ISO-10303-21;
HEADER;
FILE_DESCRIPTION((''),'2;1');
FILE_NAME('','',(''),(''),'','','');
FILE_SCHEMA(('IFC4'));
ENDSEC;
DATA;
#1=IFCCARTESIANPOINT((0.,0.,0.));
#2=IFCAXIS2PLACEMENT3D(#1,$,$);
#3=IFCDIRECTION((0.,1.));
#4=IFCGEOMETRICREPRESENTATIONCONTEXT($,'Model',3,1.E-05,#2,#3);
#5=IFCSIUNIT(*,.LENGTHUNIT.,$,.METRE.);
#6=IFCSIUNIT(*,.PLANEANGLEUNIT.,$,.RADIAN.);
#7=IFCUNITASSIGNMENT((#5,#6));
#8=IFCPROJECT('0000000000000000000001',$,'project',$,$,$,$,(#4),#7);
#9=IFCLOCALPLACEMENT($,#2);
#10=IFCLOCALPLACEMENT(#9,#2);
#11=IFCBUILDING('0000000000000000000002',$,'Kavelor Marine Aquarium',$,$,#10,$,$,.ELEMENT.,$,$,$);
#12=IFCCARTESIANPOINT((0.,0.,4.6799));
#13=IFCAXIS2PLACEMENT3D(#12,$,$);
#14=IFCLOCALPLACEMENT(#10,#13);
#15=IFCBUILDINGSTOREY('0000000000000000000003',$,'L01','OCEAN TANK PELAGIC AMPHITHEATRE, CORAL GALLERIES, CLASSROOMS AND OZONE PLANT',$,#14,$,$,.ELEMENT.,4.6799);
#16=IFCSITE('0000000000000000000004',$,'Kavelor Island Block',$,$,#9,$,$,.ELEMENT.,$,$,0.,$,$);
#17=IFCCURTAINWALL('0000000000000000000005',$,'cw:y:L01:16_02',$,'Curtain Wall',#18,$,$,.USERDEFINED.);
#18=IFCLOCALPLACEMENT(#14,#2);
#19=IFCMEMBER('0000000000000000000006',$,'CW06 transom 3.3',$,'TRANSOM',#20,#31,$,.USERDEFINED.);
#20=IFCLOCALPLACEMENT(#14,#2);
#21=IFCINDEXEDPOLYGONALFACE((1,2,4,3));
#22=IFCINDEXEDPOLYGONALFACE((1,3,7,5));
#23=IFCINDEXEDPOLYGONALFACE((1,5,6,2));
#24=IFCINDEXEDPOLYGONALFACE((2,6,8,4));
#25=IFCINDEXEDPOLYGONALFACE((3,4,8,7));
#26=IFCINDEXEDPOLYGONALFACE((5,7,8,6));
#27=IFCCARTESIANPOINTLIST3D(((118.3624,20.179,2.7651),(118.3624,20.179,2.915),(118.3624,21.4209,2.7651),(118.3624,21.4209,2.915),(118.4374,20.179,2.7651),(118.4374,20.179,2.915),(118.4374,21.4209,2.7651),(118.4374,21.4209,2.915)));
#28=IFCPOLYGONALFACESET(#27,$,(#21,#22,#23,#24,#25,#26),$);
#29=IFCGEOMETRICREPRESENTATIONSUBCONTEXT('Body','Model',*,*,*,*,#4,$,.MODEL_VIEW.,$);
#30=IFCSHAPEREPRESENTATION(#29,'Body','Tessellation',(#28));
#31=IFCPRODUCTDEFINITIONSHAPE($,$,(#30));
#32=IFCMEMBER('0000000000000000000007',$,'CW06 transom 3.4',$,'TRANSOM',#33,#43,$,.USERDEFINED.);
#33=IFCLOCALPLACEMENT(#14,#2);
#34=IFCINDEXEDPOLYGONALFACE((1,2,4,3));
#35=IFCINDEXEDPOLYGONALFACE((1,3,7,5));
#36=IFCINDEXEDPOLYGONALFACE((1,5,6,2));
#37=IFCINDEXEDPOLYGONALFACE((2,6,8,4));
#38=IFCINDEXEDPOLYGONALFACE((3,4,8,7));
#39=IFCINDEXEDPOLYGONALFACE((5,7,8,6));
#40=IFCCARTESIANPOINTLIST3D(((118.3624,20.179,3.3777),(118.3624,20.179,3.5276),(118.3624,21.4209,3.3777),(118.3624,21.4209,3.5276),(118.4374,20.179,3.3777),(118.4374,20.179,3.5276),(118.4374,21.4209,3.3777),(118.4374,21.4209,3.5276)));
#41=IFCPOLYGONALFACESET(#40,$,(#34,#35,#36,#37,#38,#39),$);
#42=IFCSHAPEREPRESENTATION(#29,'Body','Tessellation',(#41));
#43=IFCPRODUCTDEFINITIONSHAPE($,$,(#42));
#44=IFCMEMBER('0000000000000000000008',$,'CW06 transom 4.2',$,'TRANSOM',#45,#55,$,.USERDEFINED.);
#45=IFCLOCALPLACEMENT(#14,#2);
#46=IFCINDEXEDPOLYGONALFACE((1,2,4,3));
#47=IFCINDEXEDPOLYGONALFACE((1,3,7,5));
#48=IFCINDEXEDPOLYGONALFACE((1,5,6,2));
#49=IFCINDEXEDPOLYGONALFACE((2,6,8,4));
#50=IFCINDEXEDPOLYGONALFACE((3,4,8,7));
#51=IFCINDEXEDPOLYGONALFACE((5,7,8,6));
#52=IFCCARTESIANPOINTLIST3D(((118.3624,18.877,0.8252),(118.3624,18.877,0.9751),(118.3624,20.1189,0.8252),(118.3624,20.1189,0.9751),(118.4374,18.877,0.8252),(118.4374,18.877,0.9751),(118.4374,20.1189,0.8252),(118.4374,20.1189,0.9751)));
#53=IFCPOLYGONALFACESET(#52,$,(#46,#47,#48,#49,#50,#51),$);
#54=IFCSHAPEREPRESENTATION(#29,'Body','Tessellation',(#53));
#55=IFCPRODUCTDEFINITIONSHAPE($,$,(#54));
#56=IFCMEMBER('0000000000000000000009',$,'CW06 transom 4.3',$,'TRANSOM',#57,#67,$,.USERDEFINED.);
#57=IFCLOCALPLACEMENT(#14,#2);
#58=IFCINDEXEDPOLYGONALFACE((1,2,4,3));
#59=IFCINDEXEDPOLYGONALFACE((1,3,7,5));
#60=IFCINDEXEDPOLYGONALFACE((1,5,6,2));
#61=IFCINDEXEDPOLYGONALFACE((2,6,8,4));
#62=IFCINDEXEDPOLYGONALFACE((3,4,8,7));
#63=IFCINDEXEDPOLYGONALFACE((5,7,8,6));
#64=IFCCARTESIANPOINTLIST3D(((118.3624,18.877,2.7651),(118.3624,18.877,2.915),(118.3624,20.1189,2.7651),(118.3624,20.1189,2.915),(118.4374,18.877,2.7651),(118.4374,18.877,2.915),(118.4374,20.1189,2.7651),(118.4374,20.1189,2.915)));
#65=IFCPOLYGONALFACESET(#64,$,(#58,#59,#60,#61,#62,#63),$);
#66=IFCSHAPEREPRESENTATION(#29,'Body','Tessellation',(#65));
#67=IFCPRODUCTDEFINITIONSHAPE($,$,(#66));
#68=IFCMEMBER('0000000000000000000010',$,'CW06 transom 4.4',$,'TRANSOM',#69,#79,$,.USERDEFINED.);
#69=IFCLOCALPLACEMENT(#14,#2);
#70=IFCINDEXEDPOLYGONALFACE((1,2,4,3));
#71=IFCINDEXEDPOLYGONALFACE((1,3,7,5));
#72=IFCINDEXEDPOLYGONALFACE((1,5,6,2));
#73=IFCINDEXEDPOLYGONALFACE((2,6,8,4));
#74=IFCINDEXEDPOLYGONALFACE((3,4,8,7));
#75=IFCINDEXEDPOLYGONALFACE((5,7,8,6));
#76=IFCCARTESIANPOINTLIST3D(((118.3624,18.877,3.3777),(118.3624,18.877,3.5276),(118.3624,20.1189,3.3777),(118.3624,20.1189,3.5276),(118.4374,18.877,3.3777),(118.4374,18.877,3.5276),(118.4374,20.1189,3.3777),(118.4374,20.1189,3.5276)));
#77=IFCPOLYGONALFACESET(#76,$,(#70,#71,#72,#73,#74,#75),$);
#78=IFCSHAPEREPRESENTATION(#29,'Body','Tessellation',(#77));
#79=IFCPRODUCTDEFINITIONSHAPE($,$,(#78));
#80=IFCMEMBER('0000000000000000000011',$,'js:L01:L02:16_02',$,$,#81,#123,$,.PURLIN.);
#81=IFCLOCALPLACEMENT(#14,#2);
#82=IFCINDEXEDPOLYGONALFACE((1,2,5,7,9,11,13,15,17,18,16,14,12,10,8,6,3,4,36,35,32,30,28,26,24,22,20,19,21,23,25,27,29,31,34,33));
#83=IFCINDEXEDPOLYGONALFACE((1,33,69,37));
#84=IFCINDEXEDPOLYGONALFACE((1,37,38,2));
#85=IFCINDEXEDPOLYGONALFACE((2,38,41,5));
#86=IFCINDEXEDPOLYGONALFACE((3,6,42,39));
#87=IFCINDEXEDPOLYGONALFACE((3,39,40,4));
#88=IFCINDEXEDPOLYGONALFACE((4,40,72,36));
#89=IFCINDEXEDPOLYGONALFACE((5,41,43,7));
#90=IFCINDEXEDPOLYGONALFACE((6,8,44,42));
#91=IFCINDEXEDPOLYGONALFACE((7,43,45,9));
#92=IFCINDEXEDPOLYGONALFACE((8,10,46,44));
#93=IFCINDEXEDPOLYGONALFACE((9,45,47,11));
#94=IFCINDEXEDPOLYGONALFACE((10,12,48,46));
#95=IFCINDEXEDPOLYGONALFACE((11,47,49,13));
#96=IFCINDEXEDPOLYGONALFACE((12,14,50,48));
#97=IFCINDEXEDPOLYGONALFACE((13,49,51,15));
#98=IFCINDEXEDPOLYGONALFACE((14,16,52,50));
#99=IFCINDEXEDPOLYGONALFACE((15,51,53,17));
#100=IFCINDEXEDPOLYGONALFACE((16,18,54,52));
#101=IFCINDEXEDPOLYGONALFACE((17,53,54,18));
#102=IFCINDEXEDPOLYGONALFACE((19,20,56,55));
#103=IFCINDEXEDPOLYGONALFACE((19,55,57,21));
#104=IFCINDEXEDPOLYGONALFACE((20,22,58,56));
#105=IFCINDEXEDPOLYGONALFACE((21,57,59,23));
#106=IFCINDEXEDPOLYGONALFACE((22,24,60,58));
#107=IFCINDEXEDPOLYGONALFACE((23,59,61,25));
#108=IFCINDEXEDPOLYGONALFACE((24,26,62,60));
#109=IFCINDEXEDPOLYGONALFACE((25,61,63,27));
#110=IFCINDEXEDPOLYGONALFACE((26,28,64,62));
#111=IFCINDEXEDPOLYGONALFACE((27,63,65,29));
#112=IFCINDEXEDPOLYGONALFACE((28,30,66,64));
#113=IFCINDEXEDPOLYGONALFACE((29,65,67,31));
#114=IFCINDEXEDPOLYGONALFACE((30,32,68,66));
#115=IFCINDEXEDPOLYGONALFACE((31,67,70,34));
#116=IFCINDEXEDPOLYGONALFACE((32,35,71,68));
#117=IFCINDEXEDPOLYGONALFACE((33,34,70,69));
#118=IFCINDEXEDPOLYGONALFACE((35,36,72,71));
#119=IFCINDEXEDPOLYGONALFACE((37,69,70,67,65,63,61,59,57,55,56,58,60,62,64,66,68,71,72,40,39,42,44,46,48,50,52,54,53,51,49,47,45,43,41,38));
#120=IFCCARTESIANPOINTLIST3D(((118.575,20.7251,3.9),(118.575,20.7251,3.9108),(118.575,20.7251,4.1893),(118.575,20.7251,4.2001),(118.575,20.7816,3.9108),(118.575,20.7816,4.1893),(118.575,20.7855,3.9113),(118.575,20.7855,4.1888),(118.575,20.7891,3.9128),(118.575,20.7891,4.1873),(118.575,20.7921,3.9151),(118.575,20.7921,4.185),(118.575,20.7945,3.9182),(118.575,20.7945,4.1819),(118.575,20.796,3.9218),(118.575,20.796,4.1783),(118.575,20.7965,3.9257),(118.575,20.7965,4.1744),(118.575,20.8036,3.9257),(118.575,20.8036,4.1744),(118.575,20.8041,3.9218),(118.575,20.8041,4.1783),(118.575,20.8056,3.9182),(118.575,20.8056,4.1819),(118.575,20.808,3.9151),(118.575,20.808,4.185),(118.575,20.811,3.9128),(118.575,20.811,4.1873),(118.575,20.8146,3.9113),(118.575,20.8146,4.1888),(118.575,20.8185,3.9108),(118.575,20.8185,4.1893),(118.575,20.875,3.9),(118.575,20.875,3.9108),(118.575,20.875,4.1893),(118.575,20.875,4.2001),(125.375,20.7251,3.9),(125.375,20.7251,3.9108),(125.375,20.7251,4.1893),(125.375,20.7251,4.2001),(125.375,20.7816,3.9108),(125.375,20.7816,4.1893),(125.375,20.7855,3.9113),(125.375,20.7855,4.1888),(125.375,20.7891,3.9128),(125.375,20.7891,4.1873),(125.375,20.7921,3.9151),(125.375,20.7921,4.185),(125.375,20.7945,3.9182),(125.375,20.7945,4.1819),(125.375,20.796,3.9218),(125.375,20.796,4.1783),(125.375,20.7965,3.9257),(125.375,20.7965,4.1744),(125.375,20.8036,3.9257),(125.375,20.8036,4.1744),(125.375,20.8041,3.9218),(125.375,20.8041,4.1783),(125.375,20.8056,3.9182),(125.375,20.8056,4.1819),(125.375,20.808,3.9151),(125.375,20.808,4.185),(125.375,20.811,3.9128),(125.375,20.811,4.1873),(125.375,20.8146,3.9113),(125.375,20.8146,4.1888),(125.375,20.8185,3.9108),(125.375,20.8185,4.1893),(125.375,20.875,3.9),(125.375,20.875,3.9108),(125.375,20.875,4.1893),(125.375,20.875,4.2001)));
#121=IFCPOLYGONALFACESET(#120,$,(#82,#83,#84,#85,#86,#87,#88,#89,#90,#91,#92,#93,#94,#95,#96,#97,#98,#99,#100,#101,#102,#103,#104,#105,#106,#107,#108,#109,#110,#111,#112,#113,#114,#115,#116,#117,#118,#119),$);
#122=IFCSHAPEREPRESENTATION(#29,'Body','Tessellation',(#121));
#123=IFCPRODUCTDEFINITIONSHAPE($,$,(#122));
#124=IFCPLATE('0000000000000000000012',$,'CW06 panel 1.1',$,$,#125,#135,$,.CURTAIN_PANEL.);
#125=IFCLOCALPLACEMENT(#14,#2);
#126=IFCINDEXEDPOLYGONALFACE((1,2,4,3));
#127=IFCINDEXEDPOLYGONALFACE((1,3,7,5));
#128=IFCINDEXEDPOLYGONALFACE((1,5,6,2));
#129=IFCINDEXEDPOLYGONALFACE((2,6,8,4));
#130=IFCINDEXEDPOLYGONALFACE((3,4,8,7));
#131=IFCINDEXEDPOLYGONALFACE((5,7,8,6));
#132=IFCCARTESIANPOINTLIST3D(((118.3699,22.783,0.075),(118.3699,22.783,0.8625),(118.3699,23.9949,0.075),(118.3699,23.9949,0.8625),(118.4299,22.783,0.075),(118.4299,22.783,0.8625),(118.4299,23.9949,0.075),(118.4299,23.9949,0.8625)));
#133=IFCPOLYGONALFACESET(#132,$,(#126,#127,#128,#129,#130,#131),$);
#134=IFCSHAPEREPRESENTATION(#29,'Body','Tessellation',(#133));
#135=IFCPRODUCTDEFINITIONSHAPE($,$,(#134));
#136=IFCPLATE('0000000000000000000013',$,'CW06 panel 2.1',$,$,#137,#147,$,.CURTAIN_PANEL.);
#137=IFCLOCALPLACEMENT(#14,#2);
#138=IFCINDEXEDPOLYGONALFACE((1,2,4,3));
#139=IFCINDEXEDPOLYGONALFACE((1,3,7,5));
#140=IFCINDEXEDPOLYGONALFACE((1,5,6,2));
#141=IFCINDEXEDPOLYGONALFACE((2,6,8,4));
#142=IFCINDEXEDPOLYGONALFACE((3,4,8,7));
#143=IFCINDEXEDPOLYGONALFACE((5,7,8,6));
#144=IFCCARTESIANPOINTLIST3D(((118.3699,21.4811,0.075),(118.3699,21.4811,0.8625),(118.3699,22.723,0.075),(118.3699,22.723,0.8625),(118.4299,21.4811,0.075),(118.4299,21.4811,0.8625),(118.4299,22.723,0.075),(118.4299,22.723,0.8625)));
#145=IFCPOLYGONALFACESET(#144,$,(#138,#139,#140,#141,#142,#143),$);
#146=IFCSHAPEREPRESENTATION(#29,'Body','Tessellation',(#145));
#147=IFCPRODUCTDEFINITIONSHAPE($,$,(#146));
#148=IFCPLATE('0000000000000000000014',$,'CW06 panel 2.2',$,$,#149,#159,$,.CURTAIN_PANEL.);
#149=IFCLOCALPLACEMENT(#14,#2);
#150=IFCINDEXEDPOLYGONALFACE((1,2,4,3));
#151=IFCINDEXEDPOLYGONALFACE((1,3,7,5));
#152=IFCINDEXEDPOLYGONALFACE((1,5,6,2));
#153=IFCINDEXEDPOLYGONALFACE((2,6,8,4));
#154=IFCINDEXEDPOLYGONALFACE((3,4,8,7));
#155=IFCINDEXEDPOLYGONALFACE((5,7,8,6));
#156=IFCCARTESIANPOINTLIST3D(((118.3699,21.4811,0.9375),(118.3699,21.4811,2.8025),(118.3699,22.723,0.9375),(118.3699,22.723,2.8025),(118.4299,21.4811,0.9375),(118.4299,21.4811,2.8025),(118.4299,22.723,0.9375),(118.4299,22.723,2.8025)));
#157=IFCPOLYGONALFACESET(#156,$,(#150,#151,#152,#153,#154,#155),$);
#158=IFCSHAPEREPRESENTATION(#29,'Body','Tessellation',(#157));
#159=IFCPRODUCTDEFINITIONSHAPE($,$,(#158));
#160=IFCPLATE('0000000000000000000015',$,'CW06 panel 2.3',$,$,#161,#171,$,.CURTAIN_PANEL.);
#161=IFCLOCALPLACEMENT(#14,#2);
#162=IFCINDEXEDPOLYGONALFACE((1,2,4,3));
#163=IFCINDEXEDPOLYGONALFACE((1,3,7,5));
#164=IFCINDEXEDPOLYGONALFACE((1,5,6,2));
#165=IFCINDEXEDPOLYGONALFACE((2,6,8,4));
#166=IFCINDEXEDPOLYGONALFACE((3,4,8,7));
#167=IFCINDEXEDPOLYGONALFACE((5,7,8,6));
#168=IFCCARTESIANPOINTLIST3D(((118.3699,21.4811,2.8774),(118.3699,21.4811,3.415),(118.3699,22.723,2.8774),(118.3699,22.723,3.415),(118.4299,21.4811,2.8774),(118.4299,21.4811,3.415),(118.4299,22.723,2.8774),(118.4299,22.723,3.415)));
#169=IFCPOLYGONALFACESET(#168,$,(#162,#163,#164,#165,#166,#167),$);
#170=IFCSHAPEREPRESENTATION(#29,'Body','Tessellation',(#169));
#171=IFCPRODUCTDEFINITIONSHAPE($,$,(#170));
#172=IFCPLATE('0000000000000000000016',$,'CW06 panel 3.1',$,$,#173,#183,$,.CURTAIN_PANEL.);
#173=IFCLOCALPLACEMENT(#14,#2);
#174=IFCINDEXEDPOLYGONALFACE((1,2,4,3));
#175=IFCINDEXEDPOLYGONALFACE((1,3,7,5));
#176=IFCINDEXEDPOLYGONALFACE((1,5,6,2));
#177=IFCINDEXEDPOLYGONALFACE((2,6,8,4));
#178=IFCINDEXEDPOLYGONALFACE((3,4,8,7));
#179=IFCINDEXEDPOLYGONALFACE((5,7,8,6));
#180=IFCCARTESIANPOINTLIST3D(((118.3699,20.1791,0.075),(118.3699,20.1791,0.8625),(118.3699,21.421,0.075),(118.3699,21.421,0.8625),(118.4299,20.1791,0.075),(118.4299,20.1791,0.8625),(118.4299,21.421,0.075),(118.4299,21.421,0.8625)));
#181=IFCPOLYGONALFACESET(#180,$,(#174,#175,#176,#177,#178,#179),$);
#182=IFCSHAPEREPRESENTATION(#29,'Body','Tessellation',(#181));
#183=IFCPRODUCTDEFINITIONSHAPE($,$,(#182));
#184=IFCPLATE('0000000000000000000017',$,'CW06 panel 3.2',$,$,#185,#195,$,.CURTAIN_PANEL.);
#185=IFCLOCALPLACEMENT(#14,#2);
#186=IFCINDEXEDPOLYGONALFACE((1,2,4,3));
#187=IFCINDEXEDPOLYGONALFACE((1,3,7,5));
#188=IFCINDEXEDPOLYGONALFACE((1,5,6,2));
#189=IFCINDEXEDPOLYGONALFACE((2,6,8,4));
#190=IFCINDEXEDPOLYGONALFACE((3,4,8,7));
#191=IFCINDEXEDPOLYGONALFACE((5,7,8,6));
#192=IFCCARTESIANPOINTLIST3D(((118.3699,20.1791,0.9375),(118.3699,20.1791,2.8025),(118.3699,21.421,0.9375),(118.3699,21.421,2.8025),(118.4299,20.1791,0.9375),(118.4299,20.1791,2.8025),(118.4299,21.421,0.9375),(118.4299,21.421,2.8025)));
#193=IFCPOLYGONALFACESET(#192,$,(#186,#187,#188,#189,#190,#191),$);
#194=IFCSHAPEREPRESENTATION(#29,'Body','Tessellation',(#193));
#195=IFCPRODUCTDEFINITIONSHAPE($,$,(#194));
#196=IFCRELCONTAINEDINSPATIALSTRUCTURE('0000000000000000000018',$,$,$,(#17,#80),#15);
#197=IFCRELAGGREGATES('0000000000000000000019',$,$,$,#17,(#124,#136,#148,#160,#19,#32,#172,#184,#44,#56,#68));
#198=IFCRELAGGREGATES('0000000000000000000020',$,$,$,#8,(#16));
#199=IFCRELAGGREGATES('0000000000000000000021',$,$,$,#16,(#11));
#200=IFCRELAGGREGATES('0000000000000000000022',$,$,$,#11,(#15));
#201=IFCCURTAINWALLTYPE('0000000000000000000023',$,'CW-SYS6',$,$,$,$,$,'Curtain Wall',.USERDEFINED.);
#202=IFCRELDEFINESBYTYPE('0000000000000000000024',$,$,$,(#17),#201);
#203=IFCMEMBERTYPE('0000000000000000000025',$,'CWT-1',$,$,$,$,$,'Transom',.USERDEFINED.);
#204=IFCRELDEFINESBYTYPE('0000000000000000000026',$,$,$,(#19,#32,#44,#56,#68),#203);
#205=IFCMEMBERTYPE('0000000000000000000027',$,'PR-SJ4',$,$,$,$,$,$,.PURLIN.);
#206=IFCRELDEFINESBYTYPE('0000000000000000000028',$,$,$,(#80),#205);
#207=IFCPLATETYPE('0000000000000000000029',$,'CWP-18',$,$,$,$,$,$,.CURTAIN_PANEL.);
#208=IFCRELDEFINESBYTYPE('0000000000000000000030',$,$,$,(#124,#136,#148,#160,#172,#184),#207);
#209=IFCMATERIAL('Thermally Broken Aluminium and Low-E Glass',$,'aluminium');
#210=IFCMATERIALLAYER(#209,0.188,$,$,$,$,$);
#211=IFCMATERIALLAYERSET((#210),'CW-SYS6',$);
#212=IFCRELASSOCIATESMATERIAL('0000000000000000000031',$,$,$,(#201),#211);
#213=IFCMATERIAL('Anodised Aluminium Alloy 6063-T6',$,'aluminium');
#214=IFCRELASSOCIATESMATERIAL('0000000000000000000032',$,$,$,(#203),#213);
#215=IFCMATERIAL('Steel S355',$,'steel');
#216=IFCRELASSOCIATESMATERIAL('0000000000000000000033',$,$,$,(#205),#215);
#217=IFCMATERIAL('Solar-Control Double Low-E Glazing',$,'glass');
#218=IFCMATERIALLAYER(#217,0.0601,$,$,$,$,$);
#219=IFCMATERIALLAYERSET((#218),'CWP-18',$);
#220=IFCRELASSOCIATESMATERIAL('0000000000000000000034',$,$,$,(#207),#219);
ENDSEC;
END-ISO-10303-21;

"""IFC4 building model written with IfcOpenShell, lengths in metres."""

from ifc_helpers import new_model, si_unit, direction, frame, origin, origin_2d, place, context, subcontext, project, spatial, rectangle, i_section, extrude, material, layer, layer_set, material_profile, profile_set, type_object, element, aggregate, save


model = new_model("IFC4")

# Units and contexts
model_context = context("Model", 3, precision=1e-05, world=origin(), true_north=direction((0.0, 1.0)))
body_context = subcontext(model_context, "Body", "Model", "MODEL_VIEW")
ifc_project = project(units=[si_unit("LENGTHUNIT", "METRE"), si_unit("PLANEANGLEUNIT", "RADIAN")], contexts=[model_context])

# Site, building, storey
site_placement = place(None, origin())
site = spatial("IfcSite", under=ifc_project, at=site_placement, Name="Kavelor Island Block", CompositionType="ELEMENT", RefElevation=0.0)
building_placement = place(site_placement, origin())
building = spatial("IfcBuilding", under=site, at=building_placement, Name="Kavelor Marine Aquarium", CompositionType="ELEMENT")
storey_placement = place(building_placement, frame((0.0, 0.0, 4.6799)))
storey = spatial("IfcBuildingStorey", under=building, at=storey_placement, Name="L01", Description="OCEAN TANK PELAGIC AMPHITHEATRE, CORAL GALLERIES, CLASSROOMS AND OZONE PLANT", CompositionType="ELEMENT", Elevation=4.6799)

# Curtain wall, members
ifc_material_1 = material(Name="Thermally Broken Aluminium and Low-E Glass", Category="aluminium")
ifc_layer_1 = layer(ifc_material_1, 0.188)
ifc_layer_set_1 = layer_set([ifc_layer_1], Name="CW-SYS6")
curtain_wall_type = type_object("IfcCurtainWallType", Name="CW-SYS6", ElementType="Curtain Wall", PredefinedType="USERDEFINED", material=ifc_layer_set_1)
curtain_wall_placement = place(storey_placement, origin())
curtain_wall = element("IfcCurtainWall", 1, at=curtain_wall_placement, inside=storey, type_object=curtain_wall_type, Name="cw:y:L01:16_02", ObjectType="Curtain Wall", PredefinedType="USERDEFINED")
ifc_material_2 = material(Name="Anodised Aluminium Alloy 6063-T6", Category="aluminium")
ifc_material_profile_1 = material_profile(ifc_material_2, rectangle(XDim=0.075, YDim=0.1499, at=origin_2d()), Name="CW-TRN 75x150")
ifc_profile_set_1 = profile_set([ifc_material_profile_1], Name="Anodised Aluminium Alloy 6063-T6")
member_type_1 = type_object("IfcMemberType", Name="CWT-1", ElementType="Transom", PredefinedType="USERDEFINED", material=ifc_profile_set_1)
member_1_placement = place(storey_placement, frame((118.3999, 21.4209, 2.8401), z_axis=(0.0, -1.0, 0.0), x_axis=(1.0, 0.0, 0.0)))
member_1 = element("IfcMember", 2, at=member_1_placement, type_object=member_type_1, Name="CW06 transom 3.3", ObjectType="TRANSOM", PredefinedType="USERDEFINED", context=body_context, shape_type="SweptSolid", body=[
    extrude(rectangle(XDim=0.075, YDim=0.1499, at=origin_2d()), origin(), (0.0, 0.0, 1.0), 1.2419),
])
member_2_placement = place(storey_placement, frame((118.3999, 21.4209, 3.4526), z_axis=(0.0, -1.0, 0.0), x_axis=(1.0, 0.0, 0.0)))
member_2 = element("IfcMember", 3, at=member_2_placement, type_object=member_type_1, Name="CW06 transom 3.4", ObjectType="TRANSOM", PredefinedType="USERDEFINED", context=body_context, shape_type="SweptSolid", body=[
    extrude(rectangle(XDim=0.075, YDim=0.1499, at=origin_2d()), origin(), (0.0, 0.0, 1.0), 1.2419),
])
member_3_placement = place(storey_placement, frame((118.3999, 20.1189, 0.9001), z_axis=(0.0, -1.0, 0.0), x_axis=(1.0, 0.0, 0.0)))
member_3 = element("IfcMember", 4, at=member_3_placement, type_object=member_type_1, Name="CW06 transom 4.2", ObjectType="TRANSOM", PredefinedType="USERDEFINED", context=body_context, shape_type="SweptSolid", body=[
    extrude(rectangle(XDim=0.075, YDim=0.1499, at=origin_2d()), origin(), (0.0, 0.0, 1.0), 1.2419),
])
member_4_placement = place(storey_placement, frame((118.3999, 20.1189, 2.8401), z_axis=(0.0, -1.0, 0.0), x_axis=(1.0, 0.0, 0.0)))
member_4 = element("IfcMember", 5, at=member_4_placement, type_object=member_type_1, Name="CW06 transom 4.3", ObjectType="TRANSOM", PredefinedType="USERDEFINED", context=body_context, shape_type="SweptSolid", body=[
    extrude(rectangle(XDim=0.075, YDim=0.1499, at=origin_2d()), origin(), (0.0, 0.0, 1.0), 1.2419),
])
member_5_placement = place(storey_placement, frame((118.3999, 20.1189, 3.4526), z_axis=(0.0, -1.0, 0.0), x_axis=(1.0, 0.0, 0.0)))
member_5 = element("IfcMember", 6, at=member_5_placement, type_object=member_type_1, Name="CW06 transom 4.4", ObjectType="TRANSOM", PredefinedType="USERDEFINED", context=body_context, shape_type="SweptSolid", body=[
    extrude(rectangle(XDim=0.075, YDim=0.1499, at=origin_2d()), origin(), (0.0, 0.0, 1.0), 1.2419),
])

# Member
ifc_material_3 = material(Name="Steel S355", Category="steel")
ifc_material_profile_2 = material_profile(ifc_material_3, i_section(OverallWidth=0.1499, OverallDepth=0.3, WebThickness=0.0071, FlangeThickness=0.0107, FilletRadius=0.0149, at=origin_2d()), Name="IPE 300")
ifc_profile_set_2 = profile_set([ifc_material_profile_2], Name="Steel S355")
member_type_2 = type_object("IfcMemberType", Name="PR-SJ4", PredefinedType="PURLIN", material=ifc_profile_set_2)
member_6_placement = place(storey_placement, frame((118.575, 20.8, 4.05), z_axis=(1.0, 0.0, 0.0), x_axis=(0.0, 1.0, 0.0)))
element("IfcMember", 7, at=member_6_placement, inside=storey, type_object=member_type_2, Name="js:L01:L02:16_02", PredefinedType="PURLIN", context=body_context, shape_type="SweptSolid", body=[
    extrude(i_section(OverallWidth=0.1499, OverallDepth=0.3, WebThickness=0.0071, FlangeThickness=0.0107, FilletRadius=0.0149, at=origin_2d()), origin(), (0.0, 0.0, 1.0), 6.8),
])

# Plates
ifc_material_4 = material(Name="Solar-Control Double Low-E Glazing", Category="glass")
ifc_layer_2 = layer(ifc_material_4, 0.0601)
ifc_layer_set_2 = layer_set([ifc_layer_2], Name="CWP-18")
plate_type = type_object("IfcPlateType", Name="CWP-18", PredefinedType="CURTAIN_PANEL", material=ifc_layer_set_2)
plate_1_placement = place(storey_placement, frame((118.3999, 23.3889, 0.075), z_axis=(0.0, 0.0, 1.0), x_axis=(0.0, -1.0, 0.0)))
plate_1 = element("IfcPlate", 8, at=plate_1_placement, type_object=plate_type, Name="CW06 panel 1.1", PredefinedType="CURTAIN_PANEL", context=body_context, shape_type="SweptSolid", body=[
    extrude(rectangle(XDim=1.2119, YDim=0.0601, at=origin_2d()), origin(), (0.0, 0.0, 1.0), 0.7876),
])
plate_2_placement = place(storey_placement, frame((118.3999, 22.1021, 0.075), z_axis=(0.0, 0.0, 1.0), x_axis=(0.0, -1.0, 0.0)))
plate_2 = element("IfcPlate", 9, at=plate_2_placement, type_object=plate_type, Name="CW06 panel 2.1", PredefinedType="CURTAIN_PANEL", context=body_context, shape_type="SweptSolid", body=[
    extrude(rectangle(XDim=1.2419, YDim=0.0601, at=origin_2d()), origin(), (0.0, 0.0, 1.0), 0.7876),
])
plate_3_placement = place(storey_placement, frame((118.3999, 22.1021, 0.9375), z_axis=(0.0, 0.0, 1.0), x_axis=(0.0, -1.0, 0.0)))
plate_3 = element("IfcPlate", 10, at=plate_3_placement, type_object=plate_type, Name="CW06 panel 2.2", PredefinedType="CURTAIN_PANEL", context=body_context, shape_type="SweptSolid", body=[
    extrude(rectangle(XDim=1.2419, YDim=0.0601, at=origin_2d()), origin(), (0.0, 0.0, 1.0), 1.865),
])
plate_4_placement = place(storey_placement, frame((118.3999, 22.1021, 2.8774), z_axis=(0.0, 0.0, 1.0), x_axis=(0.0, -1.0, 0.0)))
plate_4 = element("IfcPlate", 11, at=plate_4_placement, type_object=plate_type, Name="CW06 panel 2.3", PredefinedType="CURTAIN_PANEL", context=body_context, shape_type="SweptSolid", body=[
    extrude(rectangle(XDim=1.2419, YDim=0.0601, at=origin_2d()), origin(), (0.0, 0.0, 1.0), 0.5376),
])
plate_5_placement = place(storey_placement, frame((118.3999, 20.8, 0.075), z_axis=(0.0, 0.0, 1.0), x_axis=(0.0, -1.0, 0.0)))
plate_5 = element("IfcPlate", 12, at=plate_5_placement, type_object=plate_type, Name="CW06 panel 3.1", PredefinedType="CURTAIN_PANEL", context=body_context, shape_type="SweptSolid", body=[
    extrude(rectangle(XDim=1.2419, YDim=0.0601, at=origin_2d()), origin(), (0.0, 0.0, 1.0), 0.7876),
])
plate_6_placement = place(storey_placement, frame((118.3999, 20.8, 0.9375), z_axis=(0.0, 0.0, 1.0), x_axis=(0.0, -1.0, 0.0)))
plate_6 = element("IfcPlate", 13, at=plate_6_placement, type_object=plate_type, Name="CW06 panel 3.2", PredefinedType="CURTAIN_PANEL", context=body_context, shape_type="SweptSolid", body=[
    extrude(rectangle(XDim=1.2419, YDim=0.0601, at=origin_2d()), origin(), (0.0, 0.0, 1.0), 1.865),
])
aggregate(curtain_wall, [plate_1, plate_2, plate_3, plate_4, member_1, member_2, plate_5, plate_6, member_3, member_4, member_5])

save(model, "model.ifc")
